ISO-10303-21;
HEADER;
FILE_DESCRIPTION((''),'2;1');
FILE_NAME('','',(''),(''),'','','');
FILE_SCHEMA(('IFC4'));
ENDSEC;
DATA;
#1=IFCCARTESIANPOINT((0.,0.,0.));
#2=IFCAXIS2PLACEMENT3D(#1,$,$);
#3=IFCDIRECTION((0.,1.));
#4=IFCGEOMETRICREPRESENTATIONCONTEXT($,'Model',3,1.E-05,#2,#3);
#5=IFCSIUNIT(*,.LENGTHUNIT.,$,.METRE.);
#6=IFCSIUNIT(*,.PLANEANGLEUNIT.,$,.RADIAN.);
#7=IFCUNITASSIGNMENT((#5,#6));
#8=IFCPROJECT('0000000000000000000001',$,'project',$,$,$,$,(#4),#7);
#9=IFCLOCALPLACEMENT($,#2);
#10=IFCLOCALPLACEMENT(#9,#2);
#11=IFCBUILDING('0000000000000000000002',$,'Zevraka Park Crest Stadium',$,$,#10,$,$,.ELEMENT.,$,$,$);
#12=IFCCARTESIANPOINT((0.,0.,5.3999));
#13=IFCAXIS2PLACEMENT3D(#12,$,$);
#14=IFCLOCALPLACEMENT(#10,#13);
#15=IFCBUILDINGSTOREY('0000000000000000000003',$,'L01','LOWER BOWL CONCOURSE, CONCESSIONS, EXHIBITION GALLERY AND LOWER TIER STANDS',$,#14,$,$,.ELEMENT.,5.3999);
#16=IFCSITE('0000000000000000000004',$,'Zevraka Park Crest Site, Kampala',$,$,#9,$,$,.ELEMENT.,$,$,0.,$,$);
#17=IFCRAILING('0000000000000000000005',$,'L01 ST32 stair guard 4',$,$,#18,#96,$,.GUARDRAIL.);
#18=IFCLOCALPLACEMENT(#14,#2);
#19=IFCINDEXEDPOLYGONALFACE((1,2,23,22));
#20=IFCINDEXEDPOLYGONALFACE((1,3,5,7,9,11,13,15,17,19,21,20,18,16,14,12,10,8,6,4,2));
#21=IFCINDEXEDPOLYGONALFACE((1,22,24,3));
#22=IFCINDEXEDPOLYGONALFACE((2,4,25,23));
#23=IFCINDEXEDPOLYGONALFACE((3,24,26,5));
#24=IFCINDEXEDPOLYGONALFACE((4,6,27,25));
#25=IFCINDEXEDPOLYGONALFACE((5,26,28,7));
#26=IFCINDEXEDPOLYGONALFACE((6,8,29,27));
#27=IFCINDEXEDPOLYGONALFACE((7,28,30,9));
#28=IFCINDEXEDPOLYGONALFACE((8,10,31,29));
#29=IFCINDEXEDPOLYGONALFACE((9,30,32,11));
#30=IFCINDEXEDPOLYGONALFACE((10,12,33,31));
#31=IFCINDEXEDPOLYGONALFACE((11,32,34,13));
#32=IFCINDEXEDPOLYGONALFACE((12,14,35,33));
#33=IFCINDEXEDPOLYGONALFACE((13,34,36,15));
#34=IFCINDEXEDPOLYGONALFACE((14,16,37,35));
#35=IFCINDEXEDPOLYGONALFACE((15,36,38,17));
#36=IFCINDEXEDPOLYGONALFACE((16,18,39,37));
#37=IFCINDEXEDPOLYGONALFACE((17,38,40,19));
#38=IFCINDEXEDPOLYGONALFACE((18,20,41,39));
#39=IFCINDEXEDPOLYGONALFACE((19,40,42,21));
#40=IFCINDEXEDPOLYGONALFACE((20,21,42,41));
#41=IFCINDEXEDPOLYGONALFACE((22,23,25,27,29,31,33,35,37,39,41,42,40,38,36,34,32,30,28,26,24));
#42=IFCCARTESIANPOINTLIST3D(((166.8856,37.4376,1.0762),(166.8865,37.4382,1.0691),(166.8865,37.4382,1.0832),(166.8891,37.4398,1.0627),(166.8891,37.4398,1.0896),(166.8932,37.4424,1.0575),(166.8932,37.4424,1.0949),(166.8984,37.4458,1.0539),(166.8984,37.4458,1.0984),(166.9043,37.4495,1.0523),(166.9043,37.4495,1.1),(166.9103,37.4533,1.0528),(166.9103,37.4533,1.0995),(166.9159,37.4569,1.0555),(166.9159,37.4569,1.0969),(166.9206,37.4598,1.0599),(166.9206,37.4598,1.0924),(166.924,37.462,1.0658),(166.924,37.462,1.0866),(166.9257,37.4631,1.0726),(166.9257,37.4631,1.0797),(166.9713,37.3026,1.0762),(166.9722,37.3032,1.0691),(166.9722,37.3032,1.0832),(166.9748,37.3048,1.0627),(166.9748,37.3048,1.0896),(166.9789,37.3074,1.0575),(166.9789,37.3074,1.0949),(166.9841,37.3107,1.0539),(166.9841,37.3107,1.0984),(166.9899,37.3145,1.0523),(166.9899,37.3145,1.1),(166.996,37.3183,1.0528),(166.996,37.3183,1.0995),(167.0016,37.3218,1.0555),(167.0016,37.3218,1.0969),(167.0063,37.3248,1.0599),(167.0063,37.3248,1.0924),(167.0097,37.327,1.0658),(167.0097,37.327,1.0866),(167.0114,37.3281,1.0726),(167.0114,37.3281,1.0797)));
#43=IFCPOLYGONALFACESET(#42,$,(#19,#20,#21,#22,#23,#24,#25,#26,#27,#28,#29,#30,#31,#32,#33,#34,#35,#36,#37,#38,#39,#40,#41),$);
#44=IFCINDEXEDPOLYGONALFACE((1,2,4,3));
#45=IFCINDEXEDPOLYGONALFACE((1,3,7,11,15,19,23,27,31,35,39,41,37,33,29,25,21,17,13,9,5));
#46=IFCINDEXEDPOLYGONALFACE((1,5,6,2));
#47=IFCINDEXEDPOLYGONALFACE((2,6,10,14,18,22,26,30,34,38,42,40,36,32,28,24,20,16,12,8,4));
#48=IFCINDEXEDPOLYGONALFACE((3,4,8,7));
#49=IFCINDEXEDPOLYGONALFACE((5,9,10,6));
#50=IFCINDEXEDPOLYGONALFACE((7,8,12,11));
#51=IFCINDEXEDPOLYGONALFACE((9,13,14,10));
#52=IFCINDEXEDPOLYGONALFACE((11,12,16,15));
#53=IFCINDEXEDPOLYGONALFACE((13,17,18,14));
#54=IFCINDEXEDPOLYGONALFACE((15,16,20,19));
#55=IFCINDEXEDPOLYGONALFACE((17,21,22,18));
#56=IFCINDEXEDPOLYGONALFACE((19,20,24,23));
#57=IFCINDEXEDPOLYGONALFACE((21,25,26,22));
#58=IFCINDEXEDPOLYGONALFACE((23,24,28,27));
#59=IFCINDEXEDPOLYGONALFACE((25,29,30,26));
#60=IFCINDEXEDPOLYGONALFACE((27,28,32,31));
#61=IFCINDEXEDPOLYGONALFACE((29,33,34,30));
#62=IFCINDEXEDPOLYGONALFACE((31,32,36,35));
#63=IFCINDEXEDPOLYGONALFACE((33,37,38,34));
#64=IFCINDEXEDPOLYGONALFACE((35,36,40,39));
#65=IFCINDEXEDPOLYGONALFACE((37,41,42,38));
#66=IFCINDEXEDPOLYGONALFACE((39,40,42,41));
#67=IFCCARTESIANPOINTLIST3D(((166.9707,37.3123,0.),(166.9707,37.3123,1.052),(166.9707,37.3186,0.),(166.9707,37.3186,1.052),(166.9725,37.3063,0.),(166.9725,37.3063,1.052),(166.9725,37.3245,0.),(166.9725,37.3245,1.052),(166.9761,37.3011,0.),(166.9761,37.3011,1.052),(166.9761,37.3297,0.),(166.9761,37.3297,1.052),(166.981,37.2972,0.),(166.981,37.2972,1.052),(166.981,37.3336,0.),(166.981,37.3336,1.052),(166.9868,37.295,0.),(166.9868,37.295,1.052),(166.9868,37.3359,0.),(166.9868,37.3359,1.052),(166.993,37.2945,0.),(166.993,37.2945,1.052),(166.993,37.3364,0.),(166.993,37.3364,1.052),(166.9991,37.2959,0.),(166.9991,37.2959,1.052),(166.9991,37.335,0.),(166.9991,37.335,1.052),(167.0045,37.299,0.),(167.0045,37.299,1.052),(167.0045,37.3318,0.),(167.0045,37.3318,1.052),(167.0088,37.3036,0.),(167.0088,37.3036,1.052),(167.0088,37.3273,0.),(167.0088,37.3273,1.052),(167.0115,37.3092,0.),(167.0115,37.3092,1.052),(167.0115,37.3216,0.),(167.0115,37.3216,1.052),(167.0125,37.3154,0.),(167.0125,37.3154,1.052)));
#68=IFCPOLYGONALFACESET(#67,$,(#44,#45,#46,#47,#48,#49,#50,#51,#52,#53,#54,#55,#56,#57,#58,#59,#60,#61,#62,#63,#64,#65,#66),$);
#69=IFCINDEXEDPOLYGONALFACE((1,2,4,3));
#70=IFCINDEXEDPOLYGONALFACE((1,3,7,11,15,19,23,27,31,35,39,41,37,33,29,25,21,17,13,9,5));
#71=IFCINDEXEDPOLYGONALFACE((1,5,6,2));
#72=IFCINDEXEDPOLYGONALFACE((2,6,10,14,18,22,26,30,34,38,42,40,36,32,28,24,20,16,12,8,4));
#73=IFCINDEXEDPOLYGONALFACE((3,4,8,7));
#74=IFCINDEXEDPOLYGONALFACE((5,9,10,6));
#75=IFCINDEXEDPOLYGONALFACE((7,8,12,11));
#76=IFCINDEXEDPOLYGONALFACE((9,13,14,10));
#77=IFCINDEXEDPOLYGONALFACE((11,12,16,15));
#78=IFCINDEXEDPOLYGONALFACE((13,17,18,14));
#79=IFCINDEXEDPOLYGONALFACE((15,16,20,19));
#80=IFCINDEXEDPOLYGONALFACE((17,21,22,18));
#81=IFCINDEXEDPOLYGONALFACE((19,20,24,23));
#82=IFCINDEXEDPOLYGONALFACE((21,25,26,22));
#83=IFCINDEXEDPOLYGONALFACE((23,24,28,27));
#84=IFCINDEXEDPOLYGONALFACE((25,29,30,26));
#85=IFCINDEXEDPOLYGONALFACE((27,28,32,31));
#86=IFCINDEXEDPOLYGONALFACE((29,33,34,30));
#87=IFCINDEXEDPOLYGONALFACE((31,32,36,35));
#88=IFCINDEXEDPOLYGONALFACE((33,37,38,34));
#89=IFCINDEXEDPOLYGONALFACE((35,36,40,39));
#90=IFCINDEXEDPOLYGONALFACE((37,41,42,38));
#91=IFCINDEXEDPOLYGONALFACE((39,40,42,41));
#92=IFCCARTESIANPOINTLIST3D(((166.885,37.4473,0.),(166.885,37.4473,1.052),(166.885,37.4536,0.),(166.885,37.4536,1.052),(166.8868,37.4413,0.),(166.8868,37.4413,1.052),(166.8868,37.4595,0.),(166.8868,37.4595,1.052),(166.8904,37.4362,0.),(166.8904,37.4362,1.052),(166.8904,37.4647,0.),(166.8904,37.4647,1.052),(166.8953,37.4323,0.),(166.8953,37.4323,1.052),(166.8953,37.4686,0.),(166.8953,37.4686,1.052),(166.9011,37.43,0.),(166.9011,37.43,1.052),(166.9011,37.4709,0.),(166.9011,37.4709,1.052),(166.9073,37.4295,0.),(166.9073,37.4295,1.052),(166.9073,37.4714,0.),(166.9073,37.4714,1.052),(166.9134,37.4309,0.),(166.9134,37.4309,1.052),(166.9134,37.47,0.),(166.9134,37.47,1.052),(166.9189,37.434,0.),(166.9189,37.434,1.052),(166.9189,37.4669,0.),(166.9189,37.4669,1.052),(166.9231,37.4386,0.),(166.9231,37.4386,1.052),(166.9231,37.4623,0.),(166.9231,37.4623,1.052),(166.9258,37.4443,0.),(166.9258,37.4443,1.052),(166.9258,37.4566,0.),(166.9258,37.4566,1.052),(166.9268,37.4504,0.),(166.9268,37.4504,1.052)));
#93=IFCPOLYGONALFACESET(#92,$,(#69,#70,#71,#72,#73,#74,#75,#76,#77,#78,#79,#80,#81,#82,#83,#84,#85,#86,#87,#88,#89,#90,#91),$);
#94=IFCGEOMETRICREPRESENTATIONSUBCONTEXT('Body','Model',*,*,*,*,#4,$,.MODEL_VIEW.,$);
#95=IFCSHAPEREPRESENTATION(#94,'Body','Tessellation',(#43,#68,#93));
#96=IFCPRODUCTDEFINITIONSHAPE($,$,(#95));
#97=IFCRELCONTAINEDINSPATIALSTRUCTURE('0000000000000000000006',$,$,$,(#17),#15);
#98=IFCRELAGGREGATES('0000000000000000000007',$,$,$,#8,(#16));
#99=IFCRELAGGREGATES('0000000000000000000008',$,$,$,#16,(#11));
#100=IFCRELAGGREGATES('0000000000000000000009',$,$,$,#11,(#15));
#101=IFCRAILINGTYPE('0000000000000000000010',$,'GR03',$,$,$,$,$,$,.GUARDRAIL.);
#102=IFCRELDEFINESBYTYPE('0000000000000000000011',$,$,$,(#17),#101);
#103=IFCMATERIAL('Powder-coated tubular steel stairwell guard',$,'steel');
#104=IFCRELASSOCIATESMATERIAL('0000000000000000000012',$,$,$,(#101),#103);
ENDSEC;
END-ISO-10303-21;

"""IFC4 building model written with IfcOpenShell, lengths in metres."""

from ifc_helpers import new_model, si_unit, direction, frame, origin, origin_2d, place, context, subcontext, project, spatial, circle, extrude, material, type_object, element, save


model = new_model("IFC4")

# Units and contexts
model_context = context("Model", 3, precision=1e-05, world=origin(), true_north=direction((0.0, 1.0)))
body_context = subcontext(model_context, "Body", "Model", "MODEL_VIEW")
ifc_project = project(units=[si_unit("LENGTHUNIT", "METRE"), si_unit("PLANEANGLEUNIT", "RADIAN")], contexts=[model_context])

# Site, building, storey
site_placement = place(None, origin())
site = spatial("IfcSite", under=ifc_project, at=site_placement, Name="Zevraka Park Crest Site, Kampala", CompositionType="ELEMENT", RefElevation=0.0)
building_placement = place(site_placement, origin())
building = spatial("IfcBuilding", under=site, at=building_placement, Name="Zevraka Park Crest Stadium", CompositionType="ELEMENT")
storey_placement = place(building_placement, frame((0.0, 0.0, 5.3999)))
storey = spatial("IfcBuildingStorey", under=building, at=storey_placement, Name="L01", Description="LOWER BOWL CONCOURSE, CONCESSIONS, EXHIBITION GALLERY AND LOWER TIER STANDS", CompositionType="ELEMENT", Elevation=5.3999)

# Railing
ifc_material_1 = material(Name="Powder-coated tubular steel stairwell guard", Category="steel")
railing_type_1 = type_object("IfcRailingType", Name="GR03", PredefinedType="GUARDRAIL", material=ifc_material_1)
railing_1_placement = place(storey_placement, frame((166.9915, 37.3154, 0.0)))
element("IfcRailing", 1, at=railing_1_placement, inside=storey, type_object=railing_type_1, Name="L01 ST32 stair guard 4", PredefinedType="GUARDRAIL", context=body_context, shape_type="SweptSolid", body=[
    extrude(circle(Radius=0.0239, at=origin_2d()), frame((0.0, 0.0, 1.0762), z_axis=(-0.535887, 0.84429, 0.0), x_axis=(-0.84429, -0.535887, 0.0)), (0.0, 0.0, 1.0), 0.1599),
    extrude(circle(Radius=0.021, at=origin_2d()), origin(), (0.0, 0.0, 1.0), 1.052),
    extrude(circle(Radius=0.021, at=origin_2d()), frame((-0.0857, 0.135, 0.0)), (0.0, 0.0, 1.0), 1.052),
])

save(model, "model.ifc")
